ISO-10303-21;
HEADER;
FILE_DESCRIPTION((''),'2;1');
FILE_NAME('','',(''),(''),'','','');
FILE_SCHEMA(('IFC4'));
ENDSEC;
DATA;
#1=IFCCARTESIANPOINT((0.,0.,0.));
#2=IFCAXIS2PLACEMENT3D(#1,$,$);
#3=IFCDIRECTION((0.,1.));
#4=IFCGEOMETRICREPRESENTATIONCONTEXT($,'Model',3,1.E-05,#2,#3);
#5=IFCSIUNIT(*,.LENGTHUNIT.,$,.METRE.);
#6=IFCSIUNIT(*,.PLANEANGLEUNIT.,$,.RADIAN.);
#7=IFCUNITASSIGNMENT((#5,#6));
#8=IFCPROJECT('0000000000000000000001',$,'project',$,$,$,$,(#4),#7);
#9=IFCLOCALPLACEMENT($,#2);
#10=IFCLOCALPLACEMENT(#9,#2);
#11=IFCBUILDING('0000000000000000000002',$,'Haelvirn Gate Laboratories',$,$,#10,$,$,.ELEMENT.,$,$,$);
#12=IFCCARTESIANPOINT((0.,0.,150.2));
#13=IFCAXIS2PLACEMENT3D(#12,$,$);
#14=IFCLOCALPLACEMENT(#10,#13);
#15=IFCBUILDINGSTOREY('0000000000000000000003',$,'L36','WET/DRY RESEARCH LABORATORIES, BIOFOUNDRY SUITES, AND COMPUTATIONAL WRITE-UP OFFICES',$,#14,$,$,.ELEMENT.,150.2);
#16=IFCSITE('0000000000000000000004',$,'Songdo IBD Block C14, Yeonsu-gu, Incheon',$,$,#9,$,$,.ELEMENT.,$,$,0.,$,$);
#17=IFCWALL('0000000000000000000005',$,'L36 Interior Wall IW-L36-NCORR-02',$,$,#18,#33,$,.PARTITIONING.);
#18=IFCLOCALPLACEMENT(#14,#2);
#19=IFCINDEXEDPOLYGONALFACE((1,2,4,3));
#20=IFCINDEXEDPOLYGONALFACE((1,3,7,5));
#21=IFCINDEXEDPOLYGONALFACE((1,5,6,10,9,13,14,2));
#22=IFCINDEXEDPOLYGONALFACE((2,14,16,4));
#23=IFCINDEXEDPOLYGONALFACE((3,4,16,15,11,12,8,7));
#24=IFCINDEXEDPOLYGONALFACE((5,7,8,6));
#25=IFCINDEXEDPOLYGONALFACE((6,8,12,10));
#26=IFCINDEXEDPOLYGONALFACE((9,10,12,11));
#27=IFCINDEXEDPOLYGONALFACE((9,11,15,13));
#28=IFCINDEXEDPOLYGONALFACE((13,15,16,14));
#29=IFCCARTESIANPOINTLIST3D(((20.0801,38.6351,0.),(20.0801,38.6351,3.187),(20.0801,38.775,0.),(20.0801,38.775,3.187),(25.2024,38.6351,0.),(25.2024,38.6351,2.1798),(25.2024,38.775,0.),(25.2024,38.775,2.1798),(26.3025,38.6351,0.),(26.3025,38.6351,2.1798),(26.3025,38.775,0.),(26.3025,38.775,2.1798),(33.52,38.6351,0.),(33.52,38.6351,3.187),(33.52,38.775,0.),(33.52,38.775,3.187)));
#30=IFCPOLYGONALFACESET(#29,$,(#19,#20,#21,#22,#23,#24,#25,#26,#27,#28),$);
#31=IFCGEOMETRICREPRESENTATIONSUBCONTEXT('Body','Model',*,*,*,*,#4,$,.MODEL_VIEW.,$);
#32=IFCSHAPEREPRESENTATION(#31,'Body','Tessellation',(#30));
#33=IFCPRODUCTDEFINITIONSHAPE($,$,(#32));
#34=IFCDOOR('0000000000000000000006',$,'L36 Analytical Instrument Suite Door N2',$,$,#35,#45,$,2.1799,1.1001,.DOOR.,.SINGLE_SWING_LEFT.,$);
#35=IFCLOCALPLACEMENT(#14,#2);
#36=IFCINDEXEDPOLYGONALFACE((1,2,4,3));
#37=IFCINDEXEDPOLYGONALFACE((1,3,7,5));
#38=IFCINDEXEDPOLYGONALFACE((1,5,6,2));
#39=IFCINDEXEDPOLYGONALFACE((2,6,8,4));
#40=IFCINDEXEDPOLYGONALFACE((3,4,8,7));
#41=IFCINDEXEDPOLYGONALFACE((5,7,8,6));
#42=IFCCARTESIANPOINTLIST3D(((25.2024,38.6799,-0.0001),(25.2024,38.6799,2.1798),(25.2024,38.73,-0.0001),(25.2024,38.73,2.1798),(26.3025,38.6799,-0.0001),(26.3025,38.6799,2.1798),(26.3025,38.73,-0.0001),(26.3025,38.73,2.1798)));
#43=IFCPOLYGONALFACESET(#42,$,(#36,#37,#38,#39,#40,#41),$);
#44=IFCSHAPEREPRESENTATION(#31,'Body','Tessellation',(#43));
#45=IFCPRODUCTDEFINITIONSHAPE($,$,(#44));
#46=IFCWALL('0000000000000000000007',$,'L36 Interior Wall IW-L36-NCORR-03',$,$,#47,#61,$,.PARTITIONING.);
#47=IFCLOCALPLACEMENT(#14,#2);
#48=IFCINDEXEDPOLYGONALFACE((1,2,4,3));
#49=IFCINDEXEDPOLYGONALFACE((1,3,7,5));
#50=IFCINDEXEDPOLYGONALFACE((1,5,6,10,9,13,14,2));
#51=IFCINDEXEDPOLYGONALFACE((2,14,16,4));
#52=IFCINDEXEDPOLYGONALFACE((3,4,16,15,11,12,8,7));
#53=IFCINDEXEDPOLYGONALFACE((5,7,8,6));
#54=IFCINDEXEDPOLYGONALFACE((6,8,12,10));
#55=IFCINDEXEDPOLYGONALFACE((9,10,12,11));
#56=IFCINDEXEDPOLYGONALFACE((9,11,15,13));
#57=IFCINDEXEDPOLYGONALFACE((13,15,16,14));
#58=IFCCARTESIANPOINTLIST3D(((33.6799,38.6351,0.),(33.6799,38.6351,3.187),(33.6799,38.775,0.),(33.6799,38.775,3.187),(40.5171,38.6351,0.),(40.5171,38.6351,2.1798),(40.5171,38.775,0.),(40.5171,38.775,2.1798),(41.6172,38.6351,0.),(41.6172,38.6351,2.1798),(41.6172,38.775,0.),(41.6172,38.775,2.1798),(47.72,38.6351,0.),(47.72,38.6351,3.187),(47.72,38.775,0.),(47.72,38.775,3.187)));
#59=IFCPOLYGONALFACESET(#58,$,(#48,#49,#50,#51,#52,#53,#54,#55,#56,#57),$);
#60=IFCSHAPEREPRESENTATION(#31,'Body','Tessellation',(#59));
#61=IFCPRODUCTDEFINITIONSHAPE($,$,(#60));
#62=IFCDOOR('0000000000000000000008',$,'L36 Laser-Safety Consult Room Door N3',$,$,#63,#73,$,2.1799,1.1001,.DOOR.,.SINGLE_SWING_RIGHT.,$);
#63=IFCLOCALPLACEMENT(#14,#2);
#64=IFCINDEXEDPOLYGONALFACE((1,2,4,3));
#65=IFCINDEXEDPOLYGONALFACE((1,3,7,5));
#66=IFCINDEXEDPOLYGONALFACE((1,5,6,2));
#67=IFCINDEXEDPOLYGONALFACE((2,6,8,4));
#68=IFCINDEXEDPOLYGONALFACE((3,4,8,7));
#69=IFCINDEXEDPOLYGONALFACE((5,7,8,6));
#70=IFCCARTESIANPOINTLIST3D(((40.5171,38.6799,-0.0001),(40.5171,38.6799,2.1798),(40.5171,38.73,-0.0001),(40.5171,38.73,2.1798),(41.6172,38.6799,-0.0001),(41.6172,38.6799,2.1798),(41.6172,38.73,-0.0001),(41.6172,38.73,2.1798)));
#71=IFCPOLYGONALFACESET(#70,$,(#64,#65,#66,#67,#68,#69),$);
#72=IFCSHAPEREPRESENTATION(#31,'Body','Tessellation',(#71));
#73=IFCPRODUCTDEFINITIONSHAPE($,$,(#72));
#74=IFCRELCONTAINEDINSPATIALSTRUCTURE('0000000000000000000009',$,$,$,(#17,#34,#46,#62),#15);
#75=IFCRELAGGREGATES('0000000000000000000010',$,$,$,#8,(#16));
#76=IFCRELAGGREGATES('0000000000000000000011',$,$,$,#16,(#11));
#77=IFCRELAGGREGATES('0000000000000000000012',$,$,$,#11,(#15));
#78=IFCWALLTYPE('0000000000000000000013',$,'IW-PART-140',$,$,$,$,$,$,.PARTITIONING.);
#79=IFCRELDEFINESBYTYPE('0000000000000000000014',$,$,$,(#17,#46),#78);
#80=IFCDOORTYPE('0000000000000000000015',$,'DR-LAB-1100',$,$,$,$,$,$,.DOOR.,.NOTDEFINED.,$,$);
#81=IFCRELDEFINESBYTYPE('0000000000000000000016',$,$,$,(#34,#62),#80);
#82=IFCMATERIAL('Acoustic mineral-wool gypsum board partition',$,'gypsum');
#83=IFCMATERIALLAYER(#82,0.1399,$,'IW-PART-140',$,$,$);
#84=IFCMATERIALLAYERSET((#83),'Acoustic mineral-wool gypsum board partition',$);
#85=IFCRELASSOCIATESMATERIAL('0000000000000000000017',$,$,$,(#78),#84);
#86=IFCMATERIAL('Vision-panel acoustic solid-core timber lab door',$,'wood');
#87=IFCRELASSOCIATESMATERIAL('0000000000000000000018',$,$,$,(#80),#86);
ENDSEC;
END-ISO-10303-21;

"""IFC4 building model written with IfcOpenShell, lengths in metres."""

from ifc_helpers import new_model, si_unit, direction, frame, frame_2d, origin, place, context, subcontext, project, spatial, rectangle, extrude, source, transform, mapped, material, layer, layer_set, type_object, type_shapes, element, fill, save


model = new_model("IFC4")

# Units and contexts
model_context = context("Model", 3, precision=1e-05, world=origin(), true_north=direction((0.0, 1.0)))
body_context = subcontext(model_context, "Body", "Model", "MODEL_VIEW")
ifc_project = project(units=[si_unit("LENGTHUNIT", "METRE"), si_unit("PLANEANGLEUNIT", "RADIAN")], contexts=[model_context])

# Site, building, storey
site_placement = place(None, origin())
site = spatial("IfcSite", under=ifc_project, at=site_placement, Name="Songdo IBD Block C14, Yeonsu-gu, Incheon", CompositionType="ELEMENT", RefElevation=0.0)
building_placement = place(site_placement, origin())
building = spatial("IfcBuilding", under=site, at=building_placement, Name="Haelvirn Gate Laboratories", CompositionType="ELEMENT")
storey_placement = place(building_placement, frame((0.0, 0.0, 150.2)))
storey = spatial("IfcBuildingStorey", under=building, at=storey_placement, Name="L36", Description="WET/DRY RESEARCH LABORATORIES, BIOFOUNDRY SUITES, AND COMPUTATIONAL WRITE-UP OFFICES", CompositionType="ELEMENT", Elevation=150.2)

# Walls, openings, doors
ifc_material_1 = material(Name="Acoustic mineral-wool gypsum board partition", Category="gypsum")
ifc_layer_1 = layer(ifc_material_1, 0.1399, Name="IW-PART-140")
ifc_layer_set_1 = layer_set([ifc_layer_1], Name="Acoustic mineral-wool gypsum board partition")
wall_type_1 = type_object("IfcWallType", Name="IW-PART-140", PredefinedType="PARTITIONING", material=ifc_layer_set_1)
wall_1_placement = place(storey_placement, frame((20.0801, 38.7051, 0.0), z_axis=(0.0, 0.0, 1.0), x_axis=(1.0, 0.0, 0.0)))
wall_1 = element("IfcWall", 1, at=wall_1_placement, inside=storey, type_object=wall_type_1, Name="L36 Interior Wall IW-L36-NCORR-02", PredefinedType="PARTITIONING", context=body_context, shape_type="SweptSolid", body=[
    extrude(rectangle(XDim=13.4399, YDim=0.1399, at=frame_2d((6.72, 0.0))), origin(), (0.0, 0.0, 1.0), 3.187),
])
opening_1_placement = place(wall_1_placement, frame((5.1223, 0.0, 0.0)))
opening_1 = element("IfcOpeningElement", 2, at=opening_1_placement, cuts=wall_1, PredefinedType="OPENING", context=body_context, shape_type="SweptSolid", body=[
    extrude(rectangle(XDim=1.1001, YDim=2.1799, at=frame_2d((0.55, 1.0898))), frame((0.0, 0.0801, 0.0), z_axis=(0.0, -1.0, 0.0), x_axis=(1.0, 0.0, 0.0)), (0.0, 0.0, 1.0), 0.1599),
])
ifc_material_2 = material(Name="Vision-panel acoustic solid-core timber lab door", Category="wood")
door_type = type_object("IfcDoorType", Name="DR-LAB-1100", OperationType="NOTDEFINED", PredefinedType="DOOR", material=ifc_material_2)
shared_shape_1 = source(origin(), body_context, "Body", "SweptSolid", [
    extrude(rectangle(XDim=1.1001, YDim=2.1799, at=frame_2d((0.55, 1.0898))), frame((0.0, 0.0249, 0.0), z_axis=(0.0, -1.0, 0.0), x_axis=(1.0, 0.0, 0.0)), (0.0, 0.0, 1.0), 0.05),
])
type_shapes(door_type, [shared_shape_1])
door_1_placement = place(opening_1_placement, origin())
door_1 = element("IfcDoor", 3, at=door_1_placement, inside=storey, type_object=door_type, Name="L36 Analytical Instrument Suite Door N2", OperationType="SINGLE_SWING_LEFT", OverallHeight=2.1799, OverallWidth=1.1001, PredefinedType="DOOR", context=body_context, shape_type="MappedRepresentation", body=[
    mapped(shared_shape_1, transform((0.0, 0.0, 0.0), scale=1.0)),
])
fill(opening_1, door_1)
wall_2_placement = place(storey_placement, frame((33.6799, 38.7051, 0.0), z_axis=(0.0, 0.0, 1.0), x_axis=(1.0, 0.0, 0.0)))
wall_2 = element("IfcWall", 4, at=wall_2_placement, inside=storey, type_object=wall_type_1, Name="L36 Interior Wall IW-L36-NCORR-03", PredefinedType="PARTITIONING", context=body_context, shape_type="SweptSolid", body=[
    extrude(rectangle(XDim=14.04, YDim=0.1399, at=frame_2d((7.02, 0.0))), origin(), (0.0, 0.0, 1.0), 3.187),
])
opening_2_placement = place(wall_2_placement, frame((6.8372, 0.0, 0.0)))
opening_2 = element("IfcOpeningElement", 5, at=opening_2_placement, cuts=wall_2, PredefinedType="OPENING", context=body_context, shape_type="SweptSolid", body=[
    extrude(rectangle(XDim=1.1001, YDim=2.1799, at=frame_2d((0.55, 1.0898))), frame((0.0, 0.0801, 0.0), z_axis=(0.0, -1.0, 0.0), x_axis=(1.0, 0.0, 0.0)), (0.0, 0.0, 1.0), 0.1599),
])
door_2_placement = place(opening_2_placement, origin())
door_2 = element("IfcDoor", 6, at=door_2_placement, inside=storey, type_object=door_type, Name="L36 Laser-Safety Consult Room Door N3", OperationType="SINGLE_SWING_RIGHT", OverallHeight=2.1799, OverallWidth=1.1001, PredefinedType="DOOR", context=body_context, shape_type="MappedRepresentation", body=[
    mapped(shared_shape_1, transform((0.0, 0.0, 0.0), scale=1.0)),
])
fill(opening_2, door_2)

save(model, "model.ifc")
